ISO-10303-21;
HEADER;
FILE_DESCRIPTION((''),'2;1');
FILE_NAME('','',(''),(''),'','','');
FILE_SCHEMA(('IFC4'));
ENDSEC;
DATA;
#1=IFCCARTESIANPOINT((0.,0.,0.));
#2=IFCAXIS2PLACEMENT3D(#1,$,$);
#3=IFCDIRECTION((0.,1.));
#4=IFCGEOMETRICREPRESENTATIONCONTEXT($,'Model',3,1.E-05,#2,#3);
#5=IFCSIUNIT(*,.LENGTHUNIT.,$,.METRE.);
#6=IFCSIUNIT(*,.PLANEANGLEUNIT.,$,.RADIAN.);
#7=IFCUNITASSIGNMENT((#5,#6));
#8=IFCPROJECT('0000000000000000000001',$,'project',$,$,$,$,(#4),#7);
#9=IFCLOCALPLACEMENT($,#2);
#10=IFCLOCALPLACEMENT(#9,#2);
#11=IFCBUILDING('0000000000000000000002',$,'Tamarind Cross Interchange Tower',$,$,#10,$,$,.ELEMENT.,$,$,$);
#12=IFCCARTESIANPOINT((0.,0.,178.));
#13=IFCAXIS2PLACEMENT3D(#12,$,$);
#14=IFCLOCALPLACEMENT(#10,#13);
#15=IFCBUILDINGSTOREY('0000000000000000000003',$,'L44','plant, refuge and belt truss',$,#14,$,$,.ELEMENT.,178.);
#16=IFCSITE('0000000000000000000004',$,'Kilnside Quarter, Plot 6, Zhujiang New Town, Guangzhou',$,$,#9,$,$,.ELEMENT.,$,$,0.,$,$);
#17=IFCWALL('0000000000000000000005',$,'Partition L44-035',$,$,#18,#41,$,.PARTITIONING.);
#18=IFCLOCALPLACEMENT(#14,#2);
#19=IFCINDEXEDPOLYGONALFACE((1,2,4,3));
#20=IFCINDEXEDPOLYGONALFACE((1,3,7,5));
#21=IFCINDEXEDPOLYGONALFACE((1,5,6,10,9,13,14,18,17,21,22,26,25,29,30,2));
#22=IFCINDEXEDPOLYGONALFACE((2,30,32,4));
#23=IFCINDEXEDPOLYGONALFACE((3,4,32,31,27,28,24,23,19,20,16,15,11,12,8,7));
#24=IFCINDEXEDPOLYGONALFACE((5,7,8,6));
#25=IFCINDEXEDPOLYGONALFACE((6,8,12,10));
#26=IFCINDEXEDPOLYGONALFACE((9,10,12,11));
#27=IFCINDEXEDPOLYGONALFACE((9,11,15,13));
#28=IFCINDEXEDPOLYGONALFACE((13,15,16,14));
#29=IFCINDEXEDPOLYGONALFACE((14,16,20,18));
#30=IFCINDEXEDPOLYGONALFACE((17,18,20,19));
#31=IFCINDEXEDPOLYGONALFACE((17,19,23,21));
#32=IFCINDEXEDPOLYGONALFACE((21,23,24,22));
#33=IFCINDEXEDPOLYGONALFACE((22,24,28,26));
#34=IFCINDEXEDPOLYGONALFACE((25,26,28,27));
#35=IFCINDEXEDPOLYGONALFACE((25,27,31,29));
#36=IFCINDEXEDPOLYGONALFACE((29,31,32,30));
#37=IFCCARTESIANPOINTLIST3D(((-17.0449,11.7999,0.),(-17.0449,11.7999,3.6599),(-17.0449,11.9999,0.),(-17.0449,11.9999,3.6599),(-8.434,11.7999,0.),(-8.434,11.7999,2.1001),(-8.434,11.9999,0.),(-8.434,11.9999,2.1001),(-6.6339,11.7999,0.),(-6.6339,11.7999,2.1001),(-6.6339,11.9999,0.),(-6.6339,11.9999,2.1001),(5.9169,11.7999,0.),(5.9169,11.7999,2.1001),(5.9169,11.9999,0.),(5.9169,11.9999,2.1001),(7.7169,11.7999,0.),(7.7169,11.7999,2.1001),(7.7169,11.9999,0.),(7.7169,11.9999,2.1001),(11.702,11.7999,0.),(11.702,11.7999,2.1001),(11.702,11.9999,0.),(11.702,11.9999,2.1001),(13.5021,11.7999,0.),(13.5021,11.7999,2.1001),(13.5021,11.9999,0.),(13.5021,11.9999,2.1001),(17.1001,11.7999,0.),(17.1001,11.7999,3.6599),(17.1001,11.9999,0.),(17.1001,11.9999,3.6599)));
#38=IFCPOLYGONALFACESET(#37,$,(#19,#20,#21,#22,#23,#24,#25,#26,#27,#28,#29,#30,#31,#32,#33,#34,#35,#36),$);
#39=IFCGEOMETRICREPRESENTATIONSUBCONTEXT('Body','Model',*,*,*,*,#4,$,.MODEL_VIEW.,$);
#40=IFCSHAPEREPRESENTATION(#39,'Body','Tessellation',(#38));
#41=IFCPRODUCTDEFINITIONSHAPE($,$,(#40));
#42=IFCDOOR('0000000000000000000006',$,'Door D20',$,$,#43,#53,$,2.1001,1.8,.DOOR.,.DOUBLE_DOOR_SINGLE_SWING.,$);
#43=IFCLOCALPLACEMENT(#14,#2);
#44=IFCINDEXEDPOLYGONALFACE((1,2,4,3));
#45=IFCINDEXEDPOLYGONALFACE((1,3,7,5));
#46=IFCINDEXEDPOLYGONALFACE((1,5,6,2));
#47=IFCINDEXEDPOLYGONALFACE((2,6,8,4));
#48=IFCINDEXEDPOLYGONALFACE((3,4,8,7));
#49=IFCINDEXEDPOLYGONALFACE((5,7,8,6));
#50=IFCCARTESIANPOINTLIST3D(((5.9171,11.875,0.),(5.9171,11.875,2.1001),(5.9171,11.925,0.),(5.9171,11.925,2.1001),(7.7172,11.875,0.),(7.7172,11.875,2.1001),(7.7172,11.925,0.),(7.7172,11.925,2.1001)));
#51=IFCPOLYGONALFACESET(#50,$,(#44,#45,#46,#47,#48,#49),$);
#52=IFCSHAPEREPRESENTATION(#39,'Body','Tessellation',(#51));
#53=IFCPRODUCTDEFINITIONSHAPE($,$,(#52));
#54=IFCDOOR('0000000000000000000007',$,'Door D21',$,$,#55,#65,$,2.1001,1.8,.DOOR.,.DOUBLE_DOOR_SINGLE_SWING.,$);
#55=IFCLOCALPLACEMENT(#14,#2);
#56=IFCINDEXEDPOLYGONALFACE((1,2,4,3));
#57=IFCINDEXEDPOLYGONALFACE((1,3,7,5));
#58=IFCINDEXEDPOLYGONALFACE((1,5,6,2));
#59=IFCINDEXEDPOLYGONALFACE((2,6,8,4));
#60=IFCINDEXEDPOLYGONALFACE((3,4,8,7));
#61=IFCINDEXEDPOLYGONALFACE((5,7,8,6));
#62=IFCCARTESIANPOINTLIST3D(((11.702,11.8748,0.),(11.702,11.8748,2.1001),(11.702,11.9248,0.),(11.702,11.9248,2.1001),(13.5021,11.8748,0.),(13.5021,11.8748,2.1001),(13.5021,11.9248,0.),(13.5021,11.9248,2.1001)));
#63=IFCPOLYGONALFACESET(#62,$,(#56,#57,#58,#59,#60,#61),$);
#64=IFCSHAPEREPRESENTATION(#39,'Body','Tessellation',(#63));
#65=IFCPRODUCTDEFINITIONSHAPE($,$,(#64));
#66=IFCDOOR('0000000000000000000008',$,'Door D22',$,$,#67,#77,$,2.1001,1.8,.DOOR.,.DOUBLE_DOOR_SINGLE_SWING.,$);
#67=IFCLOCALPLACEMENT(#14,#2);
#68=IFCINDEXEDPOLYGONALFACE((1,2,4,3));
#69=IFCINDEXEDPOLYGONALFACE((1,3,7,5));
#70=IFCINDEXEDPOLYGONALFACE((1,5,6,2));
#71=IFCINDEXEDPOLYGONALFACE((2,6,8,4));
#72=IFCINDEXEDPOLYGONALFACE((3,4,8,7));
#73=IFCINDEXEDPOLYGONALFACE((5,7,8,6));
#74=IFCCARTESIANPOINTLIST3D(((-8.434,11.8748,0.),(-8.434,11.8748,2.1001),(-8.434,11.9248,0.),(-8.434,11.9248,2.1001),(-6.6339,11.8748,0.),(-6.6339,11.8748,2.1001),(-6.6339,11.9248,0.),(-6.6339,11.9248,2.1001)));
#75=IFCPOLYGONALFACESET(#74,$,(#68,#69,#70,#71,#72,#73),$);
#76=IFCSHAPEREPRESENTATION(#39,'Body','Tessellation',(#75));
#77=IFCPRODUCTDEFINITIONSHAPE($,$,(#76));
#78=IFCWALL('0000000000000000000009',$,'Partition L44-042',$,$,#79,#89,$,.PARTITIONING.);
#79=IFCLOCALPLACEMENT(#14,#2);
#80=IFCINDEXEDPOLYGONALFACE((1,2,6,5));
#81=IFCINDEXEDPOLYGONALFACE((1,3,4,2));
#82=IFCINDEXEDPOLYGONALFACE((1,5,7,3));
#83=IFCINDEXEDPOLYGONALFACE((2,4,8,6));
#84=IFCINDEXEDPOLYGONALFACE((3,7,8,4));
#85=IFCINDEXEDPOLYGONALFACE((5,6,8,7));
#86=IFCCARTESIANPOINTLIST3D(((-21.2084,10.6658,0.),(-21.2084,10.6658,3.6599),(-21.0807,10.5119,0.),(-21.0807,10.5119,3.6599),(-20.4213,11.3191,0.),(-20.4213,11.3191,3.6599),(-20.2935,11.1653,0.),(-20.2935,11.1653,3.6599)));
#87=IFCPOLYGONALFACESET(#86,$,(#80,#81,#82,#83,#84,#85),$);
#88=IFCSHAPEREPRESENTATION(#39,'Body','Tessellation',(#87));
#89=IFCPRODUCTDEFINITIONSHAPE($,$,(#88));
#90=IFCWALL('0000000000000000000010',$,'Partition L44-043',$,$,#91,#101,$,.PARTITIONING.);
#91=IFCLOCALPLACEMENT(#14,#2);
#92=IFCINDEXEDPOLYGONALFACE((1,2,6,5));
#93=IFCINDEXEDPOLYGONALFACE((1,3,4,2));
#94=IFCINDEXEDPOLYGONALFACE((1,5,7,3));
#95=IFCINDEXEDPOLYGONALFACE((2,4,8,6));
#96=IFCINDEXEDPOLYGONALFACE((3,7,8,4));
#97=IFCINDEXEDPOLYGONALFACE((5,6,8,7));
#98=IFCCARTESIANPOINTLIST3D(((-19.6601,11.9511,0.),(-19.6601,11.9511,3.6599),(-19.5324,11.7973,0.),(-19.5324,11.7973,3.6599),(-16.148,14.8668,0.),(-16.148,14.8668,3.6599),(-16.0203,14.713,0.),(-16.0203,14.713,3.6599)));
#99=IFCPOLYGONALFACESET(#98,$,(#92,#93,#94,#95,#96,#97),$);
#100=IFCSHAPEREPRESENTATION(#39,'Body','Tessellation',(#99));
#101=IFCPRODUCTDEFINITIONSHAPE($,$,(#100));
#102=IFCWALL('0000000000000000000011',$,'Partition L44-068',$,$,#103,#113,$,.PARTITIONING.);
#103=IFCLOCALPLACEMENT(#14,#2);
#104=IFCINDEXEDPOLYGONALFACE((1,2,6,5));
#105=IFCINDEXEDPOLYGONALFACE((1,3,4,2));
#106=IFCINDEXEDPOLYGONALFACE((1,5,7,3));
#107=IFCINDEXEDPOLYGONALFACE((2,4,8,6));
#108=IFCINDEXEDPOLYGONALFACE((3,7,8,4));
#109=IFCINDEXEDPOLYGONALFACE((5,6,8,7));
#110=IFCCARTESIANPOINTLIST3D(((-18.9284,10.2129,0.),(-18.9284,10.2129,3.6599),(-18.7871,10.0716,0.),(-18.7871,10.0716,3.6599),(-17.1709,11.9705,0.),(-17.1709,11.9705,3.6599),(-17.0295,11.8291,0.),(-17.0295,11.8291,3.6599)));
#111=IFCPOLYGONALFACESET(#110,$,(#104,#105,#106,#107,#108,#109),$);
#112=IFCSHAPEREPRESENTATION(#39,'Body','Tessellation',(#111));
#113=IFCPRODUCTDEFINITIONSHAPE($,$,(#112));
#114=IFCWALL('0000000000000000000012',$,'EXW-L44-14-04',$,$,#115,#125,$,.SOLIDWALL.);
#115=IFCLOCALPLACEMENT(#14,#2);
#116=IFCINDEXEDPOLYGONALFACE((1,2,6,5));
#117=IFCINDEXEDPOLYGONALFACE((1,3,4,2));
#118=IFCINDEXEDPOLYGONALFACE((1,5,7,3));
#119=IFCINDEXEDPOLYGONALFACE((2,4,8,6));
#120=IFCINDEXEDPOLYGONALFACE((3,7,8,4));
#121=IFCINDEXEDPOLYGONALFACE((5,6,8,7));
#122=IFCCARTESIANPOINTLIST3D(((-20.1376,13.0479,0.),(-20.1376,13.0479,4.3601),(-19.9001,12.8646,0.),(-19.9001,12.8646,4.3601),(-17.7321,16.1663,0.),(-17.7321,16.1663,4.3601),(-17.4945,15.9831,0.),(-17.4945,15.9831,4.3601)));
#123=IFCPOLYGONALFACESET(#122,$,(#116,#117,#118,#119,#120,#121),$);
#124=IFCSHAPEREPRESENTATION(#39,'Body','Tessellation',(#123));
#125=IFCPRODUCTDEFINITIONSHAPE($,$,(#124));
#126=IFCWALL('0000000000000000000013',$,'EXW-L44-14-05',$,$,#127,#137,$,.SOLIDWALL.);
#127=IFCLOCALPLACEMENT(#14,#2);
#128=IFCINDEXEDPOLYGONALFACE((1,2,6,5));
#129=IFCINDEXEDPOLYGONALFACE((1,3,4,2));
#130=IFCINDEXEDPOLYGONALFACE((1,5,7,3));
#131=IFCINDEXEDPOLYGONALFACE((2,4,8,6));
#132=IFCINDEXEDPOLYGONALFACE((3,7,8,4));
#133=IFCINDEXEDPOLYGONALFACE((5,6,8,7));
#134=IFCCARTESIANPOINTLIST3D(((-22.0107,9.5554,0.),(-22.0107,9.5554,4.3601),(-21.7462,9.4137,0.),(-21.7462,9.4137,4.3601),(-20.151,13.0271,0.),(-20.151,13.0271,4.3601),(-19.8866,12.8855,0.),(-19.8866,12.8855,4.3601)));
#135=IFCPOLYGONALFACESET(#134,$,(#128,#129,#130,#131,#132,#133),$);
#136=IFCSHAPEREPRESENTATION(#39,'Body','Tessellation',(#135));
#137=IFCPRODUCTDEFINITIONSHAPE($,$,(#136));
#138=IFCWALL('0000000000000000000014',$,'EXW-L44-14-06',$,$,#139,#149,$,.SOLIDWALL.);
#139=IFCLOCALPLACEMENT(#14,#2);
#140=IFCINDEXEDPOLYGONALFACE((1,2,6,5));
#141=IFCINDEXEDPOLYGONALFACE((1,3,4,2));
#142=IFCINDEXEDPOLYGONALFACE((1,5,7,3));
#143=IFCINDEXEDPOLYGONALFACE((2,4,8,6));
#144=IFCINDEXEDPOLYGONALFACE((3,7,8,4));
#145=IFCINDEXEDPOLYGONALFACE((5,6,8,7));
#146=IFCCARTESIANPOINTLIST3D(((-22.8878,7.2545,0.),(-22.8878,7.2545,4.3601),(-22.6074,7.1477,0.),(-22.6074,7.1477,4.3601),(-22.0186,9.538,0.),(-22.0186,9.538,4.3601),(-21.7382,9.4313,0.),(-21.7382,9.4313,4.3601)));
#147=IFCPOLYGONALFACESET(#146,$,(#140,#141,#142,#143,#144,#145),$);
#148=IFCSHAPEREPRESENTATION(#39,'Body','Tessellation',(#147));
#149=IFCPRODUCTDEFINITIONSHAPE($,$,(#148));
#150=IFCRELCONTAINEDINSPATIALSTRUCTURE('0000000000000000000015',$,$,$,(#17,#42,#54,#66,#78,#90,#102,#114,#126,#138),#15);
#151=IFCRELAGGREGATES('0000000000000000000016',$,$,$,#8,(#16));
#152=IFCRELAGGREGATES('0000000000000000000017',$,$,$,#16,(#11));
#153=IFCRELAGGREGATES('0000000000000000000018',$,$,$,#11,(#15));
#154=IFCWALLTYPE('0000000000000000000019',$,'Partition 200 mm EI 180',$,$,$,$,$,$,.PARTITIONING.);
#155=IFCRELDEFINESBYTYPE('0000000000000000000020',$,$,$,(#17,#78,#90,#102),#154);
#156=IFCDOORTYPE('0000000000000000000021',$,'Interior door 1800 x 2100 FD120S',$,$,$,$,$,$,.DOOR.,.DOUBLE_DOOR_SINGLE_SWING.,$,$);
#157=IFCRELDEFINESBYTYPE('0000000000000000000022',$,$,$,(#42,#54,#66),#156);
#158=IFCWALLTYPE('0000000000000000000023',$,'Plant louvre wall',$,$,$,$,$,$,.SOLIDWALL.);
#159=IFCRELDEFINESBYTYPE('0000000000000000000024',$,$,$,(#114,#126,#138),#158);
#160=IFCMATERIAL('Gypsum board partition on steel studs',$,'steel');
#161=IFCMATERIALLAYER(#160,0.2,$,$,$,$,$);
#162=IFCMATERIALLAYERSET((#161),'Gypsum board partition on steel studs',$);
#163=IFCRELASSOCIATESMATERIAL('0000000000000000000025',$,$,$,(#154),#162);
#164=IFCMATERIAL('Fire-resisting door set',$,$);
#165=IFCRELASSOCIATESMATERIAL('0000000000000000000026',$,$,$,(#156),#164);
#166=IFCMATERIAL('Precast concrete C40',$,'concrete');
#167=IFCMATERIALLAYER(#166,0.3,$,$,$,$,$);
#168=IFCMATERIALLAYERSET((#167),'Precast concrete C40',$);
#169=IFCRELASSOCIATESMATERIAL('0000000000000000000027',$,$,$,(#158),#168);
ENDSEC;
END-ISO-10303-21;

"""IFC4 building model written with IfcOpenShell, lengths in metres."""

from ifc_helpers import new_model, si_unit, direction, frame, frame_2d, origin, place, context, subcontext, project, spatial, rectangle, extrude, material, layer, layer_set, type_object, element, fill, save


model = new_model("IFC4")

# Units and contexts
model_context = context("Model", 3, precision=1e-05, world=origin(), true_north=direction((0.0, 1.0)))
body_context = subcontext(model_context, "Body", "Model", "MODEL_VIEW")
ifc_project = project(units=[si_unit("LENGTHUNIT", "METRE"), si_unit("PLANEANGLEUNIT", "RADIAN")], contexts=[model_context])

# Site, building, storey
site_placement = place(None, origin())
site = spatial("IfcSite", under=ifc_project, at=site_placement, Name="Kilnside Quarter, Plot 6, Zhujiang New Town, Guangzhou", CompositionType="ELEMENT", RefElevation=0.0)
building_placement = place(site_placement, origin())
building = spatial("IfcBuilding", under=site, at=building_placement, Name="Tamarind Cross Interchange Tower", CompositionType="ELEMENT")
storey_placement = place(building_placement, frame((0.0, 0.0, 178.0)))
storey = spatial("IfcBuildingStorey", under=building, at=storey_placement, Name="L44", Description="plant, refuge and belt truss", CompositionType="ELEMENT", Elevation=178.0)

# Shared definitions
ifc_material_1 = material(Name="Gypsum board partition on steel studs", Category="steel")
ifc_layer_1 = layer(ifc_material_1, 0.2)
ifc_layer_set_1 = layer_set([ifc_layer_1], Name="Gypsum board partition on steel studs")
wall_type_1 = type_object("IfcWallType", Name="Partition 200 mm EI 180", PredefinedType="PARTITIONING", material=ifc_layer_set_1)

# Wall, openings, doors
wall_1_placement = place(storey_placement, frame((-17.0449, 11.8999, 0.0), z_axis=(0.0, 0.0, 1.0), x_axis=(1.0, 0.0, 0.0)))
wall_1 = element("IfcWall", 1, at=wall_1_placement, inside=storey, type_object=wall_type_1, Name="Partition L44-035", PredefinedType="PARTITIONING", context=body_context, shape_type="SweptSolid", body=[
    extrude(rectangle(XDim=34.145, YDim=0.2, at=frame_2d((17.0725, 0.0))), origin(), (0.0, 0.0, 1.0), 3.6599),
])
opening_1_placement = place(wall_1_placement, frame((22.9619, 0.0, 0.0)))
opening_1 = element("IfcOpeningElement", 2, at=opening_1_placement, cuts=wall_1, PredefinedType="OPENING", context=body_context, shape_type="SweptSolid", body=[
    extrude(rectangle(XDim=1.8, YDim=2.1001, at=frame_2d((0.8999, 1.05))), frame((0.0, 0.1099, 0.0), z_axis=(0.0, -1.0, 0.0), x_axis=(1.0, 0.0, 0.0)), (0.0, 0.0, 1.0), 0.22),
])
opening_2_placement = place(wall_1_placement, frame((28.7471, 0.0, 0.0)))
opening_2 = element("IfcOpeningElement", 3, at=opening_2_placement, cuts=wall_1, PredefinedType="OPENING", context=body_context, shape_type="SweptSolid", body=[
    extrude(rectangle(XDim=1.8, YDim=2.1001, at=frame_2d((0.8999, 1.05))), frame((0.0, 0.1099, 0.0), z_axis=(0.0, -1.0, 0.0), x_axis=(1.0, 0.0, 0.0)), (0.0, 0.0, 1.0), 0.22),
])
opening_3_placement = place(wall_1_placement, frame((8.6111, 0.0, 0.0)))
opening_3 = element("IfcOpeningElement", 4, at=opening_3_placement, cuts=wall_1, PredefinedType="OPENING", context=body_context, shape_type="SweptSolid", body=[
    extrude(rectangle(XDim=1.8, YDim=2.1001, at=frame_2d((0.8999, 1.05))), frame((0.0, 0.1099, 0.0), z_axis=(0.0, -1.0, 0.0), x_axis=(1.0, 0.0, 0.0)), (0.0, 0.0, 1.0), 0.22),
])
ifc_material_2 = material(Name="Fire-resisting door set")
door_type_1 = type_object("IfcDoorType", Name="Interior door 1800 x 2100 FD120S", OperationType="DOUBLE_DOOR_SINGLE_SWING", PredefinedType="DOOR", material=ifc_material_2)
door_1_placement = place(opening_1_placement, frame((1.8, 0.0, 0.0), z_axis=(0.0, 0.0, 1.0), x_axis=(-1.0, 0.0, 0.0)))
door_1 = element("IfcDoor", 5, at=door_1_placement, inside=storey, type_object=door_type_1, Name="Door D20", OperationType="DOUBLE_DOOR_SINGLE_SWING", OverallHeight=2.1001, OverallWidth=1.8, PredefinedType="DOOR", context=body_context, shape_type="SweptSolid", body=[
    extrude(rectangle(XDim=1.8, YDim=2.1001, at=frame_2d((0.8999, 1.05))), frame((0.0, 0.0249, 0.0), z_axis=(0.0, -1.0, 0.0), x_axis=(1.0, 0.0, 0.0)), (0.0, 0.0, 1.0), 0.05),
])
fill(opening_1, door_1)
door_2_placement = place(opening_2_placement, origin())
door_2 = element("IfcDoor", 6, at=door_2_placement, inside=storey, type_object=door_type_1, Name="Door D21", OperationType="DOUBLE_DOOR_SINGLE_SWING", OverallHeight=2.1001, OverallWidth=1.8, PredefinedType="DOOR", context=body_context, shape_type="SweptSolid", body=[
    extrude(rectangle(XDim=1.8, YDim=2.1001, at=frame_2d((0.8999, 1.05))), frame((0.0, 0.0249, 0.0), z_axis=(0.0, -1.0, 0.0), x_axis=(1.0, 0.0, 0.0)), (0.0, 0.0, 1.0), 0.05),
])
fill(opening_2, door_2)
door_3_placement = place(opening_3_placement, origin())
door_3 = element("IfcDoor", 7, at=door_3_placement, inside=storey, type_object=door_type_1, Name="Door D22", OperationType="DOUBLE_DOOR_SINGLE_SWING", OverallHeight=2.1001, OverallWidth=1.8, PredefinedType="DOOR", context=body_context, shape_type="SweptSolid", body=[
    extrude(rectangle(XDim=1.8, YDim=2.1001, at=frame_2d((0.8999, 1.05))), frame((0.0, 0.0249, 0.0), z_axis=(0.0, -1.0, 0.0), x_axis=(1.0, 0.0, 0.0)), (0.0, 0.0, 1.0), 0.05),
])
fill(opening_3, door_3)

# Walls
wall_2_placement = place(storey_placement, frame((-21.1445, 10.5889, 0.0), z_axis=(0.0, 0.0, 1.0), x_axis=(0.769472, 0.638681, 0.0)))
element("IfcWall", 8, at=wall_2_placement, inside=storey, type_object=wall_type_1, Name="Partition L44-042", PredefinedType="PARTITIONING", context=body_context, shape_type="SweptSolid", body=[
    extrude(rectangle(XDim=1.0229, YDim=0.2, at=frame_2d((0.5115, 0.0))), origin(), (0.0, 0.0, 1.0), 3.6599),
])
wall_3_placement = place(storey_placement, frame((-19.5962, 11.8743, 0.0), z_axis=(0.0, 0.0, 1.0), x_axis=(0.769412, 0.638752, 0.0)))
element("IfcWall", 9, at=wall_3_placement, inside=storey, type_object=wall_type_1, Name="Partition L44-043", PredefinedType="PARTITIONING", context=body_context, shape_type="SweptSolid", body=[
    extrude(rectangle(XDim=4.5647, YDim=0.2, at=frame_2d((2.2822, 0.0))), origin(), (0.0, 0.0, 1.0), 3.6599),
])
wall_4_placement = place(storey_placement, frame((-18.8577, 10.1423, 0.0), z_axis=(0.0, 0.0, 1.0), x_axis=(0.707107, 0.707107, 0.0)))
element("IfcWall", 10, at=wall_4_placement, inside=storey, type_object=wall_type_1, Name="Partition L44-068", PredefinedType="PARTITIONING", context=body_context, shape_type="SweptSolid", body=[
    extrude(rectangle(XDim=2.4856, YDim=0.2, at=frame_2d((1.2427, 0.0))), origin(), (0.0, 0.0, 1.0), 3.6599),
])
ifc_material_3 = material(Name="Precast concrete C40", Category="concrete")
ifc_layer_2 = layer(ifc_material_3, 0.3)
ifc_layer_set_2 = layer_set([ifc_layer_2], Name="Precast concrete C40")
wall_type_2 = type_object("IfcWallType", Name="Plant louvre wall", PredefinedType="SOLIDWALL", material=ifc_layer_set_2)
for number, where, z_axis, x_axis, name in (
    (11, (-17.6133, 16.0747, 0.0), (0.0, 0.0, 1.0), (-0.610786, -0.791796, 0.0), "EXW-L44-14-04"),
    (12, (-20.0188, 12.9563, 0.0), (0.0, 0.0, 1.0), (-0.47218, -0.881502, 0.0), "EXW-L44-14-05"),
):
    element("IfcWall", number, at=place(storey_placement, frame(where, z_axis=z_axis, x_axis=x_axis)), inside=storey, type_object=wall_type_2, Name=name, PredefinedType="SOLIDWALL", context=body_context, shape_type="SweptSolid", body=[
        extrude(rectangle(XDim=3.9385, YDim=0.3, at=frame_2d((1.9692, 0.0))), origin(), (0.0, 0.0, 1.0), 4.3601),
    ])
wall_5_placement = place(storey_placement, frame((-21.8784, 9.4846, 0.0), z_axis=(0.0, 0.0, 1.0), x_axis=(-0.355729, -0.934589, 0.0)))
element("IfcWall", 13, at=wall_5_placement, inside=storey, type_object=wall_type_2, Name="EXW-L44-14-06", PredefinedType="SOLIDWALL", context=body_context, shape_type="SweptSolid", body=[
    extrude(rectangle(XDim=2.4434, YDim=0.3, at=frame_2d((1.2217, 0.0))), origin(), (0.0, 0.0, 1.0), 4.3601),
])

save(model, "model.ifc")
